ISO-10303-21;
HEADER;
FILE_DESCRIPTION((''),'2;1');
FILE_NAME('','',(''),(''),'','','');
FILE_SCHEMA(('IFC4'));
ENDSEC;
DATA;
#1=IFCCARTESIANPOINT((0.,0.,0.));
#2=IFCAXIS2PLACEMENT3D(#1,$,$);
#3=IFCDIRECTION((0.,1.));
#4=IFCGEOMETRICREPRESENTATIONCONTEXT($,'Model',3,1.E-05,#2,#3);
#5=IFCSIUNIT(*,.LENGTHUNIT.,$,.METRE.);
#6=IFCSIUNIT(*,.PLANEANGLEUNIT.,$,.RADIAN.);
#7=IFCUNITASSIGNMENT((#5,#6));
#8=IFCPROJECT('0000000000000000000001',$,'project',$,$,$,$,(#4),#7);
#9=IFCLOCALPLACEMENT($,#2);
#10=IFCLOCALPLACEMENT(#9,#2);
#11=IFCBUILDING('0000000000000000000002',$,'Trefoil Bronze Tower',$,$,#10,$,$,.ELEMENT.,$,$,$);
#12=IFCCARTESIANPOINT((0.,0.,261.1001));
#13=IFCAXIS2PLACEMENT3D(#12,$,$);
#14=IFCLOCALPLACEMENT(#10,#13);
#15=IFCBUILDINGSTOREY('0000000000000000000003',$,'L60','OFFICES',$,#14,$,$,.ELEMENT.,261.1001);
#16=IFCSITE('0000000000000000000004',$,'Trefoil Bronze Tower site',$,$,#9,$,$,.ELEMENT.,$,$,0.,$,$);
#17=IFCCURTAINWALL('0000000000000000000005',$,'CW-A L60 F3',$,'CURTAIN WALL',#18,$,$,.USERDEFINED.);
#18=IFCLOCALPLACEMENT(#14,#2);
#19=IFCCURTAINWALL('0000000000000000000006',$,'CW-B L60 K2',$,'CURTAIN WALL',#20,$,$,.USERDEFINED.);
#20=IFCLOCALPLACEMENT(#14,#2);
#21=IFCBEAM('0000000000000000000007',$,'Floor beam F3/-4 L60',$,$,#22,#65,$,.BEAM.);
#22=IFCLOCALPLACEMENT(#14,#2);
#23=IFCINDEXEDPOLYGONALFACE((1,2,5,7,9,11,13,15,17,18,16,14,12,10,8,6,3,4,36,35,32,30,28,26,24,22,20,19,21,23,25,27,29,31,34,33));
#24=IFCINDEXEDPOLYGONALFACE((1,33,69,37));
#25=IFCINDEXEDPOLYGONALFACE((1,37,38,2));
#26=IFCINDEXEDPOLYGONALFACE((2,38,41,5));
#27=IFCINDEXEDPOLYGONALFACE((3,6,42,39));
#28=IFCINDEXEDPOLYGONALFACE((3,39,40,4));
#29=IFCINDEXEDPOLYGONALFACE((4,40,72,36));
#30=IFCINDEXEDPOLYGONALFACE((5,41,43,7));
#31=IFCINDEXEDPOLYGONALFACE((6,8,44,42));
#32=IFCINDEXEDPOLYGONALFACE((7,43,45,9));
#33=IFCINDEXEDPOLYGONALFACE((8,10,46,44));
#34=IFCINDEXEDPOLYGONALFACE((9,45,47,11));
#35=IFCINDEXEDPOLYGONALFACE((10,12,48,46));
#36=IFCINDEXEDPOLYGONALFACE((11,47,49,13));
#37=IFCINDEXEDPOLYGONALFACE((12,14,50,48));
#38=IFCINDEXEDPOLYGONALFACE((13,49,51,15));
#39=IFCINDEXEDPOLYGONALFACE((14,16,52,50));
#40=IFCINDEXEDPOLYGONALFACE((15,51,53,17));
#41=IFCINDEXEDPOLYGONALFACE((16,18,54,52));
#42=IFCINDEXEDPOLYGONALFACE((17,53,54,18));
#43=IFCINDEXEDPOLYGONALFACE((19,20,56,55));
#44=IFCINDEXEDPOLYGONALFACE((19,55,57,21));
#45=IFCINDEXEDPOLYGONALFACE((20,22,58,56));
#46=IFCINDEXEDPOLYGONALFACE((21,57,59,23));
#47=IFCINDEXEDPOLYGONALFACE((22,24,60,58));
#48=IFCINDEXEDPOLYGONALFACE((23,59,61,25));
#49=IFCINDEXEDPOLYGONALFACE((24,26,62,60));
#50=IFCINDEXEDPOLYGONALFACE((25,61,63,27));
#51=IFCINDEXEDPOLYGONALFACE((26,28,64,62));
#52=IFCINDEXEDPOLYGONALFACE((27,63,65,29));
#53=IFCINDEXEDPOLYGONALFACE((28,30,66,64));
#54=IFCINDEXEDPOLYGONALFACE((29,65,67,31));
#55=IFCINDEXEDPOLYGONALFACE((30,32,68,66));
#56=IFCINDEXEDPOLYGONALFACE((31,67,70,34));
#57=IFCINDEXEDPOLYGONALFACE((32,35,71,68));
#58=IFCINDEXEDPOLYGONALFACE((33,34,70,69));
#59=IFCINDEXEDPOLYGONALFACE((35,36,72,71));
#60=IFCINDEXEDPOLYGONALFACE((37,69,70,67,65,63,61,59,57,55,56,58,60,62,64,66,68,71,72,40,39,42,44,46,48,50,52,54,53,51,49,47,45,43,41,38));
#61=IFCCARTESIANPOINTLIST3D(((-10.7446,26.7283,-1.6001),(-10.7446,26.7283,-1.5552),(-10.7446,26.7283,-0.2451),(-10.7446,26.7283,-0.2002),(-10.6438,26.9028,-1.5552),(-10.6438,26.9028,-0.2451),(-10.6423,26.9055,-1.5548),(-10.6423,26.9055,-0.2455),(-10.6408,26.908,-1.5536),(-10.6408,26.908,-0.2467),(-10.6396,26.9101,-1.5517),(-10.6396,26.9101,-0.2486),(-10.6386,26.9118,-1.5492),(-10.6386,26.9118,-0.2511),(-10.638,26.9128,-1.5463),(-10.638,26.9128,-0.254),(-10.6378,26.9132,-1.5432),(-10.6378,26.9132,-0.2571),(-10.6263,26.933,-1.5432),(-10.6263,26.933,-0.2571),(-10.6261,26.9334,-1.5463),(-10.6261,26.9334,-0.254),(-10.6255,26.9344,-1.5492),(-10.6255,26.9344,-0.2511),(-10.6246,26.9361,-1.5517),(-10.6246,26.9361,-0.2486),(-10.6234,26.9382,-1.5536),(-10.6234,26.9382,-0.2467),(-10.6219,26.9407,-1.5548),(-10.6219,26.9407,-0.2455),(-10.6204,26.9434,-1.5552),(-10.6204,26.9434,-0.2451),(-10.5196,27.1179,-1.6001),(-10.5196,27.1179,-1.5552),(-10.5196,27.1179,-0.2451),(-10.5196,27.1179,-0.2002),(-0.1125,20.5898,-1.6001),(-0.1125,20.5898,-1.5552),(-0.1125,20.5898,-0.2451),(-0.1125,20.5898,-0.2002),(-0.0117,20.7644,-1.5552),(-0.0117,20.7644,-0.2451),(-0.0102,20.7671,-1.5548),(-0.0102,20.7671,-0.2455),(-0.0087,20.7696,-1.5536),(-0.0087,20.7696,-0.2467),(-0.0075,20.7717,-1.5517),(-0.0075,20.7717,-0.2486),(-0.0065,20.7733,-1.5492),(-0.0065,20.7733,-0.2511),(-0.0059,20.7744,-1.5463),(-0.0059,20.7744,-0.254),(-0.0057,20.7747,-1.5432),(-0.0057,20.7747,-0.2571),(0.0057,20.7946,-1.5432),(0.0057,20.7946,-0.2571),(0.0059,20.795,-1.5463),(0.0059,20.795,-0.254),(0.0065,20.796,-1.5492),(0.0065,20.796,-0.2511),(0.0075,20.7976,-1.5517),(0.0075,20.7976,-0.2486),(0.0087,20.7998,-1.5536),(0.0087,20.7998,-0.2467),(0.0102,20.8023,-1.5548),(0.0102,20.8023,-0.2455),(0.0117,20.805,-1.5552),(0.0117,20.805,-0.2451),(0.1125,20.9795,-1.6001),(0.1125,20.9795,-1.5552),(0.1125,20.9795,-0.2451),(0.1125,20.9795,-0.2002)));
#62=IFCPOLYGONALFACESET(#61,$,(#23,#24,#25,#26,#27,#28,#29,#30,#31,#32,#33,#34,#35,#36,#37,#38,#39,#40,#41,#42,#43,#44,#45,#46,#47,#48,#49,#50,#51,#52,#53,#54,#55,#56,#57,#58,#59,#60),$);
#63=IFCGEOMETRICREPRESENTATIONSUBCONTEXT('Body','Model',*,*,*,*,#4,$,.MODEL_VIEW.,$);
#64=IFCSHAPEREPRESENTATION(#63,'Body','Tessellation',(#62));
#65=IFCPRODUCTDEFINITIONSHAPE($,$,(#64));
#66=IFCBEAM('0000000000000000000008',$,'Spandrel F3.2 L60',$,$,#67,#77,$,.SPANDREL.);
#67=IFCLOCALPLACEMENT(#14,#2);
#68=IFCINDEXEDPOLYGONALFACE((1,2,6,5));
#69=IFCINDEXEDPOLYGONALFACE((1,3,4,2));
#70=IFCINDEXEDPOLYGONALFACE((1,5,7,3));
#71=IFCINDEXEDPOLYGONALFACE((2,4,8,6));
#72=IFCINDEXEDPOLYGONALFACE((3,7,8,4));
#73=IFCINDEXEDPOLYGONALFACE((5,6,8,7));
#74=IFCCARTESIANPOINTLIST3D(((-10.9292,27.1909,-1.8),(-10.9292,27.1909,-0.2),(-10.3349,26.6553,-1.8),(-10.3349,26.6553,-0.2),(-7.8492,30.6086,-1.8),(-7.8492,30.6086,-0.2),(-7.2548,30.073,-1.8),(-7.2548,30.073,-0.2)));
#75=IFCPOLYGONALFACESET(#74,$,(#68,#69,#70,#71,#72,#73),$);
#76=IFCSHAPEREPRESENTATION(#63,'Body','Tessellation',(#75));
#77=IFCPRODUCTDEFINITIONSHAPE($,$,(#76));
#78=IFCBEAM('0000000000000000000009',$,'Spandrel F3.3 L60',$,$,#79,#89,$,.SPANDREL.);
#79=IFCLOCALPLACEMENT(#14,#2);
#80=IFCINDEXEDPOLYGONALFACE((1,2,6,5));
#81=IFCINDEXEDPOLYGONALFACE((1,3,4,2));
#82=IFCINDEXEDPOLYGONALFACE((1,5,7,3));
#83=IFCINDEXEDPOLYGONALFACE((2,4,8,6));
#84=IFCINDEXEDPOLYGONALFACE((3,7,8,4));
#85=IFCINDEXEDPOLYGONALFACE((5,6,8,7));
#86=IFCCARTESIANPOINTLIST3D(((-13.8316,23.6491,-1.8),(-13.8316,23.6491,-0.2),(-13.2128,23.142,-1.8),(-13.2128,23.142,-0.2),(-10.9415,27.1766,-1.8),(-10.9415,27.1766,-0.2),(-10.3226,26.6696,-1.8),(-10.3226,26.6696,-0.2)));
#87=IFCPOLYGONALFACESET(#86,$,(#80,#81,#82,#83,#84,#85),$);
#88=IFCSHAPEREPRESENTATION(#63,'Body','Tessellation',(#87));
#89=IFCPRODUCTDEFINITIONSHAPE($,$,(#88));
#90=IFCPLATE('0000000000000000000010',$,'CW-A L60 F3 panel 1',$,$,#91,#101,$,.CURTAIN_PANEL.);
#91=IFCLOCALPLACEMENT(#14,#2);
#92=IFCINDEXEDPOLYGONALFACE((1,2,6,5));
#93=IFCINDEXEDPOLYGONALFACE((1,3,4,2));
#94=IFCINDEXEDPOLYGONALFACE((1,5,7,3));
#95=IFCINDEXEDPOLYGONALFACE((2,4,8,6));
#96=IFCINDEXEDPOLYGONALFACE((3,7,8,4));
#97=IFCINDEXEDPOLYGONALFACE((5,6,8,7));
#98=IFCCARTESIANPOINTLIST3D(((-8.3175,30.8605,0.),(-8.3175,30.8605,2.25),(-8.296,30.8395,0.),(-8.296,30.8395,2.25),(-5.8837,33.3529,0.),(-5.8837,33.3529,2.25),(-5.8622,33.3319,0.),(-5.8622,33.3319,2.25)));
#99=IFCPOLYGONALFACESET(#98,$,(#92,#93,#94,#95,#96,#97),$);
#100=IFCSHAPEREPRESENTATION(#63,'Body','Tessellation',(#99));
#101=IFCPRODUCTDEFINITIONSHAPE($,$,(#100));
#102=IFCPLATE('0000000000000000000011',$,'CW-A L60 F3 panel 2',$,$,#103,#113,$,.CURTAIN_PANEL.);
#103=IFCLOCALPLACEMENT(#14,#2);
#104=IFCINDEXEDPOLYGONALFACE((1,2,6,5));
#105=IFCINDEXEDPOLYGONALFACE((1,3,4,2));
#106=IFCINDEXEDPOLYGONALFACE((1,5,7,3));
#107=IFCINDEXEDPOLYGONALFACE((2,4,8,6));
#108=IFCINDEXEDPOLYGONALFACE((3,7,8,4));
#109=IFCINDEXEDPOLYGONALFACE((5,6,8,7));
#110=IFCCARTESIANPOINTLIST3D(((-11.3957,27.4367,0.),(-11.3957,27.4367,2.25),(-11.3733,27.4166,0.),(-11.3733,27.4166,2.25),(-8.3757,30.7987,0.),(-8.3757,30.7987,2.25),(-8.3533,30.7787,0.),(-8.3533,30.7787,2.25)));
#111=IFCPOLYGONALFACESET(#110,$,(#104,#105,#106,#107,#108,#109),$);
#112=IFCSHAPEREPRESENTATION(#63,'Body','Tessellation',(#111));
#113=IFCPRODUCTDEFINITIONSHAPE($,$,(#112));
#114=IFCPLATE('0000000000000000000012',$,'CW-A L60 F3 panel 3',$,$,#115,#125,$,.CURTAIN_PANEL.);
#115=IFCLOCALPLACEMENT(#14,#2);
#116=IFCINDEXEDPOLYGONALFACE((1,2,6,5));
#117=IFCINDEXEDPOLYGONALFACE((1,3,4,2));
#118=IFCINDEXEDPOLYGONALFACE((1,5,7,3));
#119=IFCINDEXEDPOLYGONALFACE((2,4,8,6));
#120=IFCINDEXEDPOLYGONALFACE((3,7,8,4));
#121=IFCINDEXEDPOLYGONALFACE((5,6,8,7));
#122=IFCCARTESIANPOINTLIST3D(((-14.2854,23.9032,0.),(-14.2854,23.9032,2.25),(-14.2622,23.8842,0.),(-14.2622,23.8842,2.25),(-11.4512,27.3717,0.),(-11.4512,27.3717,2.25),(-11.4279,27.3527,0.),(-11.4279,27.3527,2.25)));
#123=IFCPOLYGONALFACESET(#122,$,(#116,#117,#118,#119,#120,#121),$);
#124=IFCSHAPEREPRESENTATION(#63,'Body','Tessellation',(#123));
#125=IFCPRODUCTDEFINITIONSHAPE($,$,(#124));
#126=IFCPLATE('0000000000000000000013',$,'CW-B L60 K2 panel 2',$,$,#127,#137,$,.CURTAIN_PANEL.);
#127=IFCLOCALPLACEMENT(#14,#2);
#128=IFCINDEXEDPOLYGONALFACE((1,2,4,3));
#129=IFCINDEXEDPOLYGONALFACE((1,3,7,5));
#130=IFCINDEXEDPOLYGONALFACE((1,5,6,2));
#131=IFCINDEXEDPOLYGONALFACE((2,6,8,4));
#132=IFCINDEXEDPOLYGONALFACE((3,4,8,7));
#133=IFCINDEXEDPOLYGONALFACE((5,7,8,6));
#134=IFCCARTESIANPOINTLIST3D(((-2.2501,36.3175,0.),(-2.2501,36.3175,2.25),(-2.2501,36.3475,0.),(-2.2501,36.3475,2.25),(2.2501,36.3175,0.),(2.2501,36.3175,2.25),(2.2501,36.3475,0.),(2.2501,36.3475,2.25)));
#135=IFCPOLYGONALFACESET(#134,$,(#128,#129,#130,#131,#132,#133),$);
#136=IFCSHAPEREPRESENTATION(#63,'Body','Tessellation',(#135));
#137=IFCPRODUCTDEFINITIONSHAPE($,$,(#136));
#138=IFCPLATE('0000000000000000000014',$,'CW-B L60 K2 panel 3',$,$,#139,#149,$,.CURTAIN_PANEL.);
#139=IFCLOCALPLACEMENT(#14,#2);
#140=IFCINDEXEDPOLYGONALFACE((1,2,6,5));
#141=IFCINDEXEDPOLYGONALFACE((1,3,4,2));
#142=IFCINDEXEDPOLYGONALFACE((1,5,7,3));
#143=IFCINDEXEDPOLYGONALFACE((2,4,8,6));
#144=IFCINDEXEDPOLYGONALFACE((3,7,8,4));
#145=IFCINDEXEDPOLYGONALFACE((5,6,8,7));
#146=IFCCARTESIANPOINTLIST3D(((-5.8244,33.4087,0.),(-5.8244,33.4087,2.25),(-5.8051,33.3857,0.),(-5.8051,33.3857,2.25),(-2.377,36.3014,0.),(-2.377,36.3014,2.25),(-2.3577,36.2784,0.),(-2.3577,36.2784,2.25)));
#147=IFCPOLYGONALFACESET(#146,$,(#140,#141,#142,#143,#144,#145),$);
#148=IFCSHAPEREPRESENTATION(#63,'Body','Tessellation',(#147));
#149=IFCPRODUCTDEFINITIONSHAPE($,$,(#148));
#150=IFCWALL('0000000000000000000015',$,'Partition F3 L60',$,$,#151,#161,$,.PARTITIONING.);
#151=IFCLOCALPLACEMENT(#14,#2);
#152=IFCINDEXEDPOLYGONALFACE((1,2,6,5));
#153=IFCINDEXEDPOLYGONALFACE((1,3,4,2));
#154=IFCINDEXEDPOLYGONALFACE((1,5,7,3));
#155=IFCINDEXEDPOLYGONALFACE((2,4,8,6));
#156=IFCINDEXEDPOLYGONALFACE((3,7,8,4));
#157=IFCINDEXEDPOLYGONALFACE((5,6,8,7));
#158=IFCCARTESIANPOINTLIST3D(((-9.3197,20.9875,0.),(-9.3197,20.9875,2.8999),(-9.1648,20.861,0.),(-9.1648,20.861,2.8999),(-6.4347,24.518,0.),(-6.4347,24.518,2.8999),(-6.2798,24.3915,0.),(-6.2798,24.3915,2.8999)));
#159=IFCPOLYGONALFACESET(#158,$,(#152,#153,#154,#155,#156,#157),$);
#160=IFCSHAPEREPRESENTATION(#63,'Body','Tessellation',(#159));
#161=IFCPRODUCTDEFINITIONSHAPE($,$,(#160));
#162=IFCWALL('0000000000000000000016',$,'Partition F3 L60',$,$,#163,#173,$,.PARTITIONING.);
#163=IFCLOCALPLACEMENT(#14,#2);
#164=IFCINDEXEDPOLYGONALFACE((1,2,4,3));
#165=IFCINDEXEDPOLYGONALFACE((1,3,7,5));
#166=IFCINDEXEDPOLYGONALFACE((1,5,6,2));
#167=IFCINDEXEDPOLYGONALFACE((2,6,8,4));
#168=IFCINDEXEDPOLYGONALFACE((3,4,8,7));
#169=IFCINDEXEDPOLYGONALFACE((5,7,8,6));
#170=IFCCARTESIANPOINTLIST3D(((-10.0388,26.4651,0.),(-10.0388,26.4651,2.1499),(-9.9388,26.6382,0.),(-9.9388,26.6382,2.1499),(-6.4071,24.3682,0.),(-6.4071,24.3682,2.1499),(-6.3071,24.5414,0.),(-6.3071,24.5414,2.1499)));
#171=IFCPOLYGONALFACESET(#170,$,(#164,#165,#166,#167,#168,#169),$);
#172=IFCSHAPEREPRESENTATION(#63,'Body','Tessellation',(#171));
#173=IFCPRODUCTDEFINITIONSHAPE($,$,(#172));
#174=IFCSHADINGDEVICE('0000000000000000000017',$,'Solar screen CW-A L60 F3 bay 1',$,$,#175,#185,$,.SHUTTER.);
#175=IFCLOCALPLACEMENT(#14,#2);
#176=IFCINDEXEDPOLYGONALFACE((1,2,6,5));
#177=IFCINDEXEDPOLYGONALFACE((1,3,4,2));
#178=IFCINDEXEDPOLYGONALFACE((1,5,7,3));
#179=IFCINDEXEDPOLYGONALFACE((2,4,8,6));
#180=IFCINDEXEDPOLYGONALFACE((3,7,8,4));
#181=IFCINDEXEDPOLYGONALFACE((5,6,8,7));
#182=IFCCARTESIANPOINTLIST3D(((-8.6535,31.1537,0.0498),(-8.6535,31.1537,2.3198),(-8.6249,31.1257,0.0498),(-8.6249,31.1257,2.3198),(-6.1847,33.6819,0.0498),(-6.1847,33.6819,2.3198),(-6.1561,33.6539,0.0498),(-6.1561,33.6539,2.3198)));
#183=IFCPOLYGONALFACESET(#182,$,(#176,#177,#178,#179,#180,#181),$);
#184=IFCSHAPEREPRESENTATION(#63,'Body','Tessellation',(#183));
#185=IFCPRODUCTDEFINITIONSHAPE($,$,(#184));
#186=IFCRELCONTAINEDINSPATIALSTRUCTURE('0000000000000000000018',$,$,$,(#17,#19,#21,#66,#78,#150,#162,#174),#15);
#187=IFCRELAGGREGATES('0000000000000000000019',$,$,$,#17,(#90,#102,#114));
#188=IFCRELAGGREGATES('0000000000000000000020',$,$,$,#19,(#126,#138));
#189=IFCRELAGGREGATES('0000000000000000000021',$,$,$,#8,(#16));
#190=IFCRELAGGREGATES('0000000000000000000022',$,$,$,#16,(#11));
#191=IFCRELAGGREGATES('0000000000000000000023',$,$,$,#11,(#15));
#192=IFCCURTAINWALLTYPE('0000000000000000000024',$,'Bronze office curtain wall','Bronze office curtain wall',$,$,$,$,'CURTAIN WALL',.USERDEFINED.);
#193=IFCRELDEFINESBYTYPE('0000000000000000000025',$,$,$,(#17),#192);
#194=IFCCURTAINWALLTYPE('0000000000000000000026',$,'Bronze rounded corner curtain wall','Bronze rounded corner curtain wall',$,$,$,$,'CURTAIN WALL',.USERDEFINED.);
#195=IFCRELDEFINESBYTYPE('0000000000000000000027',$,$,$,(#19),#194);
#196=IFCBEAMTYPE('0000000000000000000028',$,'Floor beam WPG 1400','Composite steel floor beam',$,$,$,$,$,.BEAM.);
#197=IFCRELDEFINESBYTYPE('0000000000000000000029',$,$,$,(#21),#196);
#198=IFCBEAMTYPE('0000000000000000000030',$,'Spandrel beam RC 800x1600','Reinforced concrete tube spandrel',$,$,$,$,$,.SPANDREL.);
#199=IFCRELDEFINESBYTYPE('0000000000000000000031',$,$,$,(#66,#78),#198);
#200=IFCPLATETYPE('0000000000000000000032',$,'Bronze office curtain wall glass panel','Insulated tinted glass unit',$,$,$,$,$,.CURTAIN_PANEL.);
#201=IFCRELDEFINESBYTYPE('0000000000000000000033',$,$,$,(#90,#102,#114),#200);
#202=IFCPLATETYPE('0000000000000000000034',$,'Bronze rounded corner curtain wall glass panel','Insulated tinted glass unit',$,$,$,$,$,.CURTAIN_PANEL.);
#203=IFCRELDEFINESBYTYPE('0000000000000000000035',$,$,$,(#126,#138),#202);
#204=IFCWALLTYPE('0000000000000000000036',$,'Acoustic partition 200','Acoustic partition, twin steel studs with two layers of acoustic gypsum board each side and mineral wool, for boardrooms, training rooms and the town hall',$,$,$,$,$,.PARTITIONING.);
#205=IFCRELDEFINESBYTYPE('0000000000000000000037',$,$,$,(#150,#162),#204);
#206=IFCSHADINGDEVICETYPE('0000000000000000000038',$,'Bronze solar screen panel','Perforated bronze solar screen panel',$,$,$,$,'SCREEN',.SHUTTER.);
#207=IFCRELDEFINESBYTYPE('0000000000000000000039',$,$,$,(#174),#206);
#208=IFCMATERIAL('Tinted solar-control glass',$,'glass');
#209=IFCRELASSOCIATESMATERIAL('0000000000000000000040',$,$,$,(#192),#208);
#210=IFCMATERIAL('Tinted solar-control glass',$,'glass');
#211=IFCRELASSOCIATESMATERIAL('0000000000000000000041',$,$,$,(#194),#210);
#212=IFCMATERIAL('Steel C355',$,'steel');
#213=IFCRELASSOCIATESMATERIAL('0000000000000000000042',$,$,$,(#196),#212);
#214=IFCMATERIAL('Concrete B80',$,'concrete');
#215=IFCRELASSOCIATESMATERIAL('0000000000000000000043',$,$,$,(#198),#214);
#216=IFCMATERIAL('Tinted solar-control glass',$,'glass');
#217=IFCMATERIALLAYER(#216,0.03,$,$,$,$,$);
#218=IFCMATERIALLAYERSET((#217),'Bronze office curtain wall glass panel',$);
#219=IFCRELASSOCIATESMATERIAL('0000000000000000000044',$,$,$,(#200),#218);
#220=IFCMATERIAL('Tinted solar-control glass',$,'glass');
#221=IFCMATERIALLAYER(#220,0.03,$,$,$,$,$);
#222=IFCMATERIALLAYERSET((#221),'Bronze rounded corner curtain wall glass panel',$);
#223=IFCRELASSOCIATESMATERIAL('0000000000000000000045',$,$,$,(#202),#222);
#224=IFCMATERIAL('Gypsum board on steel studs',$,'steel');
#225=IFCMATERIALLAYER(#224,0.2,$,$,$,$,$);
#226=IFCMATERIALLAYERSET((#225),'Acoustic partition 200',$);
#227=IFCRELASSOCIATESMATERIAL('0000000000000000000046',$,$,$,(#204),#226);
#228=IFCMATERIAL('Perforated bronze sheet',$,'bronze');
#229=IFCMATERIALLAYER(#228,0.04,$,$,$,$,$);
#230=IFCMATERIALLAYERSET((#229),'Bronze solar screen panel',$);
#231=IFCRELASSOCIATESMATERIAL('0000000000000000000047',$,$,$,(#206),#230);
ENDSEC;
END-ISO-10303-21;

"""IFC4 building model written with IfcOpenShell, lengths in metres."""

from ifc_helpers import new_model, si_unit, direction, frame, frame_2d, origin, origin_2d, place, context, subcontext, project, spatial, rectangle, i_section, extrude, material, layer, layer_set, material_profile, profile_set, type_object, element, aggregate, save


model = new_model("IFC4")

# Units and contexts
model_context = context("Model", 3, precision=1e-05, world=origin(), true_north=direction((0.0, 1.0)))
body_context = subcontext(model_context, "Body", "Model", "MODEL_VIEW")
ifc_project = project(units=[si_unit("LENGTHUNIT", "METRE"), si_unit("PLANEANGLEUNIT", "RADIAN")], contexts=[model_context])

# Site, building, storey
site_placement = place(None, origin())
site = spatial("IfcSite", under=ifc_project, at=site_placement, Name="Trefoil Bronze Tower site", CompositionType="ELEMENT", RefElevation=0.0)
building_placement = place(site_placement, origin())
building = spatial("IfcBuilding", under=site, at=building_placement, Name="Trefoil Bronze Tower", CompositionType="ELEMENT")
storey_placement = place(building_placement, frame((0.0, 0.0, 261.1001)))
storey = spatial("IfcBuildingStorey", under=building, at=storey_placement, Name="L60", Description="OFFICES", CompositionType="ELEMENT", Elevation=261.1001)

# Curtain walls
ifc_material_1 = material(Name="Tinted solar-control glass", Category="glass")
curtain_wall_type_1 = type_object("IfcCurtainWallType", Name="Bronze office curtain wall", Description="Bronze office curtain wall", ElementType="CURTAIN WALL", PredefinedType="USERDEFINED", material=ifc_material_1)
curtain_wall_1_placement = place(storey_placement, origin())
curtain_wall_1 = element("IfcCurtainWall", 1, at=curtain_wall_1_placement, inside=storey, type_object=curtain_wall_type_1, Name="CW-A L60 F3", ObjectType="CURTAIN WALL", PredefinedType="USERDEFINED")
ifc_material_2 = material(Name="Tinted solar-control glass", Category="glass")
curtain_wall_type_2 = type_object("IfcCurtainWallType", Name="Bronze rounded corner curtain wall", Description="Bronze rounded corner curtain wall", ElementType="CURTAIN WALL", PredefinedType="USERDEFINED", material=ifc_material_2)
curtain_wall_2_placement = place(storey_placement, origin())
curtain_wall_2 = element("IfcCurtainWall", 2, at=curtain_wall_2_placement, inside=storey, type_object=curtain_wall_type_2, Name="CW-B L60 K2", ObjectType="CURTAIN WALL", PredefinedType="USERDEFINED")

# Beams
ifc_material_3 = material(Name="Steel C355", Category="steel")
ifc_material_profile_1 = material_profile(ifc_material_3, i_section(OverallWidth=0.45, OverallDepth=1.3999, WebThickness=0.0229, FlangeThickness=0.0449, FilletRadius=0.012, at=origin_2d()), Name="WPG 1400")
ifc_profile_set_1 = profile_set([ifc_material_profile_1], Name="Steel C355")
beam_type_1 = type_object("IfcBeamType", Name="Floor beam WPG 1400", Description="Composite steel floor beam", PredefinedType="BEAM", material=ifc_profile_set_1)
beam_1_placement = place(storey_placement, frame((-10.6321, 26.9231, -0.9001), z_axis=(0.866026, -0.5, 0.0), x_axis=(0.5, 0.866026, 0.0)))
element("IfcBeam", 3, at=beam_1_placement, inside=storey, type_object=beam_type_1, Name="Floor beam F3/-4 L60", PredefinedType="BEAM", context=body_context, shape_type="SweptSolid", body=[
    extrude(i_section(OverallWidth=0.45, OverallDepth=1.3999, WebThickness=0.0229, FlangeThickness=0.0449, FilletRadius=0.012, at=origin_2d()), origin(), (0.0, 0.0, 1.0), 12.2769),
])
ifc_material_4 = material(Name="Concrete B80", Category="concrete")
ifc_material_profile_2 = material_profile(ifc_material_4, rectangle(XDim=0.8, YDim=1.6001, at=origin_2d()), Name="RC 800x1600")
ifc_profile_set_2 = profile_set([ifc_material_profile_2], Name="Concrete B80")
beam_type_2 = type_object("IfcBeamType", Name="Spandrel beam RC 800x1600", Description="Reinforced concrete tube spandrel", PredefinedType="SPANDREL", material=ifc_profile_set_2)
beam_2_placement = place(storey_placement, frame((-7.552, 30.3408, -1.0), z_axis=(-0.66946, -0.742848, 0.0), x_axis=(0.742848, -0.66946, 0.0)))
element("IfcBeam", 4, at=beam_2_placement, inside=storey, type_object=beam_type_2, Name="Spandrel F3.2 L60", PredefinedType="SPANDREL", context=body_context, shape_type="SweptSolid", body=[
    extrude(rectangle(XDim=0.8, YDim=1.6001, at=origin_2d()), origin(), (0.0, 0.0, 1.0), 4.6008),
])
beam_3_placement = place(storey_placement, frame((-10.6321, 26.9231, -1.0), z_axis=(-0.633754, -0.773535, 0.0), x_axis=(0.773535, -0.633754, 0.0)))
element("IfcBeam", 5, at=beam_3_placement, inside=storey, type_object=beam_type_2, Name="Spandrel F3.3 L60", PredefinedType="SPANDREL", context=body_context, shape_type="SweptSolid", body=[
    extrude(rectangle(XDim=0.8, YDim=1.6001, at=origin_2d()), origin(), (0.0, 0.0, 1.0), 4.5603),
])

# Plates
ifc_material_5 = material(Name="Tinted solar-control glass", Category="glass")
ifc_layer_1 = layer(ifc_material_5, 0.03)
ifc_layer_set_1 = layer_set([ifc_layer_1], Name="Bronze office curtain wall glass panel")
plate_type_1 = type_object("IfcPlateType", Name="Bronze office curtain wall glass panel", Description="Insulated tinted glass unit", PredefinedType="CURTAIN_PANEL", material=ifc_layer_set_1)
plate_1_placement = place(storey_placement, frame((-7.0898, 32.0962, 0.0), z_axis=(0.0, 0.0, 1.0), x_axis=(-0.698652, -0.715462, 0.0)))
plate_1 = element("IfcPlate", 6, at=plate_1_placement, type_object=plate_type_1, Name="CW-A L60 F3 panel 1", PredefinedType="CURTAIN_PANEL", context=body_context, shape_type="SweptSolid", body=[
    extrude(rectangle(XDim=3.4836, YDim=0.03, at=origin_2d()), origin(), (0.0, 0.0, 1.0), 2.25),
])
plate_2_placement = place(storey_placement, frame((-9.8745, 29.1077, 0.0), z_axis=(0.0, 0.0, 1.0), x_axis=(-0.668246, -0.743941, 0.0)))
plate_2 = element("IfcPlate", 7, at=plate_2_placement, type_object=plate_type_1, Name="CW-A L60 F3 panel 2", PredefinedType="CURTAIN_PANEL", context=body_context, shape_type="SweptSolid", body=[
    extrude(rectangle(XDim=4.5193, YDim=0.03, at=origin_2d()), origin(), (0.0, 0.0, 1.0), 2.25),
])
plate_3_placement = place(storey_placement, frame((-12.8567, 25.6279, 0.0), z_axis=(0.0, 0.0, 1.0), x_axis=(-0.632753, -0.774354, 0.0)))
plate_3 = element("IfcPlate", 8, at=plate_3_placement, type_object=plate_type_1, Name="CW-A L60 F3 panel 3", PredefinedType="CURTAIN_PANEL", context=body_context, shape_type="SweptSolid", body=[
    extrude(rectangle(XDim=4.4792, YDim=0.03, at=origin_2d()), origin(), (0.0, 0.0, 1.0), 2.25),
])
aggregate(curtain_wall_1, [plate_1, plate_2, plate_3])
ifc_material_6 = material(Name="Tinted solar-control glass", Category="glass")
ifc_layer_2 = layer(ifc_material_6, 0.03)
ifc_layer_set_2 = layer_set([ifc_layer_2], Name="Bronze rounded corner curtain wall glass panel")
plate_type_2 = type_object("IfcPlateType", Name="Bronze rounded corner curtain wall glass panel", Description="Insulated tinted glass unit", PredefinedType="CURTAIN_PANEL", material=ifc_layer_set_2)
plate_4_placement = place(storey_placement, frame((0.0, 36.3325, 0.0), z_axis=(0.0, 0.0, 1.0), x_axis=(-1.0, 0.0, 0.0)))
plate_4 = element("IfcPlate", 9, at=plate_4_placement, type_object=plate_type_2, Name="CW-B L60 K2 panel 2", PredefinedType="CURTAIN_PANEL", context=body_context, shape_type="SweptSolid", body=[
    extrude(rectangle(XDim=4.5002, YDim=0.03, at=origin_2d()), origin(), (0.0, 0.0, 1.0), 2.25),
])
plate_5_placement = place(storey_placement, frame((-4.0911, 34.8435, 0.0), z_axis=(0.0, 0.0, 1.0), x_axis=(-0.766044, -0.642788, 0.0)))
plate_5 = element("IfcPlate", 10, at=plate_5_placement, type_object=plate_type_2, Name="CW-B L60 K2 panel 3", PredefinedType="CURTAIN_PANEL", context=body_context, shape_type="SweptSolid", body=[
    extrude(rectangle(XDim=4.5002, YDim=0.03, at=origin_2d()), origin(), (0.0, 0.0, 1.0), 2.25),
])
aggregate(curtain_wall_2, [plate_4, plate_5])

# Walls
ifc_material_7 = material(Name="Gypsum board on steel studs", Category="steel")
ifc_layer_3 = layer(ifc_material_7, 0.2)
ifc_layer_set_3 = layer_set([ifc_layer_3], Name="Acoustic partition 200")
wall_type = type_object("IfcWallType", Name="Acoustic partition 200", Description="Acoustic partition, twin steel studs with two layers of acoustic gypsum board each side and mineral wool, for boardrooms, training rooms and the town hall", PredefinedType="PARTITIONING", material=ifc_layer_set_3)
wall_1_placement = place(storey_placement, frame((-6.3572, 24.4548, 0.0), z_axis=(0.0, 0.0, 1.0), x_axis=(-0.632765, -0.774344, 0.0)))
element("IfcWall", 11, at=wall_1_placement, inside=storey, type_object=wall_type, Name="Partition F3 L60", PredefinedType="PARTITIONING", context=body_context, shape_type="SweptSolid", body=[
    extrude(rectangle(XDim=4.5593, YDim=0.2, at=frame_2d((2.2798, 0.0))), origin(), (0.0, 0.0, 1.0), 2.8999),
])
wall_2_placement = place(storey_placement, frame((-6.3572, 24.4548, 0.0), z_axis=(0.0, 0.0, 1.0), x_axis=(-0.866017, 0.500015, 0.0)))
element("IfcWall", 12, at=wall_2_placement, inside=storey, type_object=wall_type, Name="Partition F3 L60", PredefinedType="PARTITIONING", context=body_context, shape_type="SweptSolid", body=[
    extrude(rectangle(XDim=4.1936, YDim=0.2, at=frame_2d((2.0967, 0.0))), origin(), (0.0, 0.0, 1.0), 2.1499),
])

# Shading device
ifc_material_8 = material(Name="Perforated bronze sheet", Category="bronze")
ifc_layer_4 = layer(ifc_material_8, 0.04)
ifc_layer_set_4 = layer_set([ifc_layer_4], Name="Bronze solar screen panel")
shading_device_type = type_object("IfcShadingDeviceType", Name="Bronze solar screen panel", Description="Perforated bronze solar screen panel", ElementType="SCREEN", PredefinedType="SHUTTER", material=ifc_layer_set_4)
shading_device_1_placement = place(storey_placement, frame((-7.4048, 32.4038, 0.0498), z_axis=(0.0, 0.0, 1.0), x_axis=(-0.698652, -0.715462, 0.0)))
element("IfcShadingDevice", 13, at=shading_device_1_placement, inside=storey, type_object=shading_device_type, Name="Solar screen CW-A L60 F3 bay 1", PredefinedType="SHUTTER", context=body_context, shape_type="SweptSolid", body=[
    extrude(rectangle(XDim=3.5337, YDim=0.04, at=origin_2d()), origin(), (0.0, 0.0, 1.0), 2.27),
])

save(model, "model.ifc")
